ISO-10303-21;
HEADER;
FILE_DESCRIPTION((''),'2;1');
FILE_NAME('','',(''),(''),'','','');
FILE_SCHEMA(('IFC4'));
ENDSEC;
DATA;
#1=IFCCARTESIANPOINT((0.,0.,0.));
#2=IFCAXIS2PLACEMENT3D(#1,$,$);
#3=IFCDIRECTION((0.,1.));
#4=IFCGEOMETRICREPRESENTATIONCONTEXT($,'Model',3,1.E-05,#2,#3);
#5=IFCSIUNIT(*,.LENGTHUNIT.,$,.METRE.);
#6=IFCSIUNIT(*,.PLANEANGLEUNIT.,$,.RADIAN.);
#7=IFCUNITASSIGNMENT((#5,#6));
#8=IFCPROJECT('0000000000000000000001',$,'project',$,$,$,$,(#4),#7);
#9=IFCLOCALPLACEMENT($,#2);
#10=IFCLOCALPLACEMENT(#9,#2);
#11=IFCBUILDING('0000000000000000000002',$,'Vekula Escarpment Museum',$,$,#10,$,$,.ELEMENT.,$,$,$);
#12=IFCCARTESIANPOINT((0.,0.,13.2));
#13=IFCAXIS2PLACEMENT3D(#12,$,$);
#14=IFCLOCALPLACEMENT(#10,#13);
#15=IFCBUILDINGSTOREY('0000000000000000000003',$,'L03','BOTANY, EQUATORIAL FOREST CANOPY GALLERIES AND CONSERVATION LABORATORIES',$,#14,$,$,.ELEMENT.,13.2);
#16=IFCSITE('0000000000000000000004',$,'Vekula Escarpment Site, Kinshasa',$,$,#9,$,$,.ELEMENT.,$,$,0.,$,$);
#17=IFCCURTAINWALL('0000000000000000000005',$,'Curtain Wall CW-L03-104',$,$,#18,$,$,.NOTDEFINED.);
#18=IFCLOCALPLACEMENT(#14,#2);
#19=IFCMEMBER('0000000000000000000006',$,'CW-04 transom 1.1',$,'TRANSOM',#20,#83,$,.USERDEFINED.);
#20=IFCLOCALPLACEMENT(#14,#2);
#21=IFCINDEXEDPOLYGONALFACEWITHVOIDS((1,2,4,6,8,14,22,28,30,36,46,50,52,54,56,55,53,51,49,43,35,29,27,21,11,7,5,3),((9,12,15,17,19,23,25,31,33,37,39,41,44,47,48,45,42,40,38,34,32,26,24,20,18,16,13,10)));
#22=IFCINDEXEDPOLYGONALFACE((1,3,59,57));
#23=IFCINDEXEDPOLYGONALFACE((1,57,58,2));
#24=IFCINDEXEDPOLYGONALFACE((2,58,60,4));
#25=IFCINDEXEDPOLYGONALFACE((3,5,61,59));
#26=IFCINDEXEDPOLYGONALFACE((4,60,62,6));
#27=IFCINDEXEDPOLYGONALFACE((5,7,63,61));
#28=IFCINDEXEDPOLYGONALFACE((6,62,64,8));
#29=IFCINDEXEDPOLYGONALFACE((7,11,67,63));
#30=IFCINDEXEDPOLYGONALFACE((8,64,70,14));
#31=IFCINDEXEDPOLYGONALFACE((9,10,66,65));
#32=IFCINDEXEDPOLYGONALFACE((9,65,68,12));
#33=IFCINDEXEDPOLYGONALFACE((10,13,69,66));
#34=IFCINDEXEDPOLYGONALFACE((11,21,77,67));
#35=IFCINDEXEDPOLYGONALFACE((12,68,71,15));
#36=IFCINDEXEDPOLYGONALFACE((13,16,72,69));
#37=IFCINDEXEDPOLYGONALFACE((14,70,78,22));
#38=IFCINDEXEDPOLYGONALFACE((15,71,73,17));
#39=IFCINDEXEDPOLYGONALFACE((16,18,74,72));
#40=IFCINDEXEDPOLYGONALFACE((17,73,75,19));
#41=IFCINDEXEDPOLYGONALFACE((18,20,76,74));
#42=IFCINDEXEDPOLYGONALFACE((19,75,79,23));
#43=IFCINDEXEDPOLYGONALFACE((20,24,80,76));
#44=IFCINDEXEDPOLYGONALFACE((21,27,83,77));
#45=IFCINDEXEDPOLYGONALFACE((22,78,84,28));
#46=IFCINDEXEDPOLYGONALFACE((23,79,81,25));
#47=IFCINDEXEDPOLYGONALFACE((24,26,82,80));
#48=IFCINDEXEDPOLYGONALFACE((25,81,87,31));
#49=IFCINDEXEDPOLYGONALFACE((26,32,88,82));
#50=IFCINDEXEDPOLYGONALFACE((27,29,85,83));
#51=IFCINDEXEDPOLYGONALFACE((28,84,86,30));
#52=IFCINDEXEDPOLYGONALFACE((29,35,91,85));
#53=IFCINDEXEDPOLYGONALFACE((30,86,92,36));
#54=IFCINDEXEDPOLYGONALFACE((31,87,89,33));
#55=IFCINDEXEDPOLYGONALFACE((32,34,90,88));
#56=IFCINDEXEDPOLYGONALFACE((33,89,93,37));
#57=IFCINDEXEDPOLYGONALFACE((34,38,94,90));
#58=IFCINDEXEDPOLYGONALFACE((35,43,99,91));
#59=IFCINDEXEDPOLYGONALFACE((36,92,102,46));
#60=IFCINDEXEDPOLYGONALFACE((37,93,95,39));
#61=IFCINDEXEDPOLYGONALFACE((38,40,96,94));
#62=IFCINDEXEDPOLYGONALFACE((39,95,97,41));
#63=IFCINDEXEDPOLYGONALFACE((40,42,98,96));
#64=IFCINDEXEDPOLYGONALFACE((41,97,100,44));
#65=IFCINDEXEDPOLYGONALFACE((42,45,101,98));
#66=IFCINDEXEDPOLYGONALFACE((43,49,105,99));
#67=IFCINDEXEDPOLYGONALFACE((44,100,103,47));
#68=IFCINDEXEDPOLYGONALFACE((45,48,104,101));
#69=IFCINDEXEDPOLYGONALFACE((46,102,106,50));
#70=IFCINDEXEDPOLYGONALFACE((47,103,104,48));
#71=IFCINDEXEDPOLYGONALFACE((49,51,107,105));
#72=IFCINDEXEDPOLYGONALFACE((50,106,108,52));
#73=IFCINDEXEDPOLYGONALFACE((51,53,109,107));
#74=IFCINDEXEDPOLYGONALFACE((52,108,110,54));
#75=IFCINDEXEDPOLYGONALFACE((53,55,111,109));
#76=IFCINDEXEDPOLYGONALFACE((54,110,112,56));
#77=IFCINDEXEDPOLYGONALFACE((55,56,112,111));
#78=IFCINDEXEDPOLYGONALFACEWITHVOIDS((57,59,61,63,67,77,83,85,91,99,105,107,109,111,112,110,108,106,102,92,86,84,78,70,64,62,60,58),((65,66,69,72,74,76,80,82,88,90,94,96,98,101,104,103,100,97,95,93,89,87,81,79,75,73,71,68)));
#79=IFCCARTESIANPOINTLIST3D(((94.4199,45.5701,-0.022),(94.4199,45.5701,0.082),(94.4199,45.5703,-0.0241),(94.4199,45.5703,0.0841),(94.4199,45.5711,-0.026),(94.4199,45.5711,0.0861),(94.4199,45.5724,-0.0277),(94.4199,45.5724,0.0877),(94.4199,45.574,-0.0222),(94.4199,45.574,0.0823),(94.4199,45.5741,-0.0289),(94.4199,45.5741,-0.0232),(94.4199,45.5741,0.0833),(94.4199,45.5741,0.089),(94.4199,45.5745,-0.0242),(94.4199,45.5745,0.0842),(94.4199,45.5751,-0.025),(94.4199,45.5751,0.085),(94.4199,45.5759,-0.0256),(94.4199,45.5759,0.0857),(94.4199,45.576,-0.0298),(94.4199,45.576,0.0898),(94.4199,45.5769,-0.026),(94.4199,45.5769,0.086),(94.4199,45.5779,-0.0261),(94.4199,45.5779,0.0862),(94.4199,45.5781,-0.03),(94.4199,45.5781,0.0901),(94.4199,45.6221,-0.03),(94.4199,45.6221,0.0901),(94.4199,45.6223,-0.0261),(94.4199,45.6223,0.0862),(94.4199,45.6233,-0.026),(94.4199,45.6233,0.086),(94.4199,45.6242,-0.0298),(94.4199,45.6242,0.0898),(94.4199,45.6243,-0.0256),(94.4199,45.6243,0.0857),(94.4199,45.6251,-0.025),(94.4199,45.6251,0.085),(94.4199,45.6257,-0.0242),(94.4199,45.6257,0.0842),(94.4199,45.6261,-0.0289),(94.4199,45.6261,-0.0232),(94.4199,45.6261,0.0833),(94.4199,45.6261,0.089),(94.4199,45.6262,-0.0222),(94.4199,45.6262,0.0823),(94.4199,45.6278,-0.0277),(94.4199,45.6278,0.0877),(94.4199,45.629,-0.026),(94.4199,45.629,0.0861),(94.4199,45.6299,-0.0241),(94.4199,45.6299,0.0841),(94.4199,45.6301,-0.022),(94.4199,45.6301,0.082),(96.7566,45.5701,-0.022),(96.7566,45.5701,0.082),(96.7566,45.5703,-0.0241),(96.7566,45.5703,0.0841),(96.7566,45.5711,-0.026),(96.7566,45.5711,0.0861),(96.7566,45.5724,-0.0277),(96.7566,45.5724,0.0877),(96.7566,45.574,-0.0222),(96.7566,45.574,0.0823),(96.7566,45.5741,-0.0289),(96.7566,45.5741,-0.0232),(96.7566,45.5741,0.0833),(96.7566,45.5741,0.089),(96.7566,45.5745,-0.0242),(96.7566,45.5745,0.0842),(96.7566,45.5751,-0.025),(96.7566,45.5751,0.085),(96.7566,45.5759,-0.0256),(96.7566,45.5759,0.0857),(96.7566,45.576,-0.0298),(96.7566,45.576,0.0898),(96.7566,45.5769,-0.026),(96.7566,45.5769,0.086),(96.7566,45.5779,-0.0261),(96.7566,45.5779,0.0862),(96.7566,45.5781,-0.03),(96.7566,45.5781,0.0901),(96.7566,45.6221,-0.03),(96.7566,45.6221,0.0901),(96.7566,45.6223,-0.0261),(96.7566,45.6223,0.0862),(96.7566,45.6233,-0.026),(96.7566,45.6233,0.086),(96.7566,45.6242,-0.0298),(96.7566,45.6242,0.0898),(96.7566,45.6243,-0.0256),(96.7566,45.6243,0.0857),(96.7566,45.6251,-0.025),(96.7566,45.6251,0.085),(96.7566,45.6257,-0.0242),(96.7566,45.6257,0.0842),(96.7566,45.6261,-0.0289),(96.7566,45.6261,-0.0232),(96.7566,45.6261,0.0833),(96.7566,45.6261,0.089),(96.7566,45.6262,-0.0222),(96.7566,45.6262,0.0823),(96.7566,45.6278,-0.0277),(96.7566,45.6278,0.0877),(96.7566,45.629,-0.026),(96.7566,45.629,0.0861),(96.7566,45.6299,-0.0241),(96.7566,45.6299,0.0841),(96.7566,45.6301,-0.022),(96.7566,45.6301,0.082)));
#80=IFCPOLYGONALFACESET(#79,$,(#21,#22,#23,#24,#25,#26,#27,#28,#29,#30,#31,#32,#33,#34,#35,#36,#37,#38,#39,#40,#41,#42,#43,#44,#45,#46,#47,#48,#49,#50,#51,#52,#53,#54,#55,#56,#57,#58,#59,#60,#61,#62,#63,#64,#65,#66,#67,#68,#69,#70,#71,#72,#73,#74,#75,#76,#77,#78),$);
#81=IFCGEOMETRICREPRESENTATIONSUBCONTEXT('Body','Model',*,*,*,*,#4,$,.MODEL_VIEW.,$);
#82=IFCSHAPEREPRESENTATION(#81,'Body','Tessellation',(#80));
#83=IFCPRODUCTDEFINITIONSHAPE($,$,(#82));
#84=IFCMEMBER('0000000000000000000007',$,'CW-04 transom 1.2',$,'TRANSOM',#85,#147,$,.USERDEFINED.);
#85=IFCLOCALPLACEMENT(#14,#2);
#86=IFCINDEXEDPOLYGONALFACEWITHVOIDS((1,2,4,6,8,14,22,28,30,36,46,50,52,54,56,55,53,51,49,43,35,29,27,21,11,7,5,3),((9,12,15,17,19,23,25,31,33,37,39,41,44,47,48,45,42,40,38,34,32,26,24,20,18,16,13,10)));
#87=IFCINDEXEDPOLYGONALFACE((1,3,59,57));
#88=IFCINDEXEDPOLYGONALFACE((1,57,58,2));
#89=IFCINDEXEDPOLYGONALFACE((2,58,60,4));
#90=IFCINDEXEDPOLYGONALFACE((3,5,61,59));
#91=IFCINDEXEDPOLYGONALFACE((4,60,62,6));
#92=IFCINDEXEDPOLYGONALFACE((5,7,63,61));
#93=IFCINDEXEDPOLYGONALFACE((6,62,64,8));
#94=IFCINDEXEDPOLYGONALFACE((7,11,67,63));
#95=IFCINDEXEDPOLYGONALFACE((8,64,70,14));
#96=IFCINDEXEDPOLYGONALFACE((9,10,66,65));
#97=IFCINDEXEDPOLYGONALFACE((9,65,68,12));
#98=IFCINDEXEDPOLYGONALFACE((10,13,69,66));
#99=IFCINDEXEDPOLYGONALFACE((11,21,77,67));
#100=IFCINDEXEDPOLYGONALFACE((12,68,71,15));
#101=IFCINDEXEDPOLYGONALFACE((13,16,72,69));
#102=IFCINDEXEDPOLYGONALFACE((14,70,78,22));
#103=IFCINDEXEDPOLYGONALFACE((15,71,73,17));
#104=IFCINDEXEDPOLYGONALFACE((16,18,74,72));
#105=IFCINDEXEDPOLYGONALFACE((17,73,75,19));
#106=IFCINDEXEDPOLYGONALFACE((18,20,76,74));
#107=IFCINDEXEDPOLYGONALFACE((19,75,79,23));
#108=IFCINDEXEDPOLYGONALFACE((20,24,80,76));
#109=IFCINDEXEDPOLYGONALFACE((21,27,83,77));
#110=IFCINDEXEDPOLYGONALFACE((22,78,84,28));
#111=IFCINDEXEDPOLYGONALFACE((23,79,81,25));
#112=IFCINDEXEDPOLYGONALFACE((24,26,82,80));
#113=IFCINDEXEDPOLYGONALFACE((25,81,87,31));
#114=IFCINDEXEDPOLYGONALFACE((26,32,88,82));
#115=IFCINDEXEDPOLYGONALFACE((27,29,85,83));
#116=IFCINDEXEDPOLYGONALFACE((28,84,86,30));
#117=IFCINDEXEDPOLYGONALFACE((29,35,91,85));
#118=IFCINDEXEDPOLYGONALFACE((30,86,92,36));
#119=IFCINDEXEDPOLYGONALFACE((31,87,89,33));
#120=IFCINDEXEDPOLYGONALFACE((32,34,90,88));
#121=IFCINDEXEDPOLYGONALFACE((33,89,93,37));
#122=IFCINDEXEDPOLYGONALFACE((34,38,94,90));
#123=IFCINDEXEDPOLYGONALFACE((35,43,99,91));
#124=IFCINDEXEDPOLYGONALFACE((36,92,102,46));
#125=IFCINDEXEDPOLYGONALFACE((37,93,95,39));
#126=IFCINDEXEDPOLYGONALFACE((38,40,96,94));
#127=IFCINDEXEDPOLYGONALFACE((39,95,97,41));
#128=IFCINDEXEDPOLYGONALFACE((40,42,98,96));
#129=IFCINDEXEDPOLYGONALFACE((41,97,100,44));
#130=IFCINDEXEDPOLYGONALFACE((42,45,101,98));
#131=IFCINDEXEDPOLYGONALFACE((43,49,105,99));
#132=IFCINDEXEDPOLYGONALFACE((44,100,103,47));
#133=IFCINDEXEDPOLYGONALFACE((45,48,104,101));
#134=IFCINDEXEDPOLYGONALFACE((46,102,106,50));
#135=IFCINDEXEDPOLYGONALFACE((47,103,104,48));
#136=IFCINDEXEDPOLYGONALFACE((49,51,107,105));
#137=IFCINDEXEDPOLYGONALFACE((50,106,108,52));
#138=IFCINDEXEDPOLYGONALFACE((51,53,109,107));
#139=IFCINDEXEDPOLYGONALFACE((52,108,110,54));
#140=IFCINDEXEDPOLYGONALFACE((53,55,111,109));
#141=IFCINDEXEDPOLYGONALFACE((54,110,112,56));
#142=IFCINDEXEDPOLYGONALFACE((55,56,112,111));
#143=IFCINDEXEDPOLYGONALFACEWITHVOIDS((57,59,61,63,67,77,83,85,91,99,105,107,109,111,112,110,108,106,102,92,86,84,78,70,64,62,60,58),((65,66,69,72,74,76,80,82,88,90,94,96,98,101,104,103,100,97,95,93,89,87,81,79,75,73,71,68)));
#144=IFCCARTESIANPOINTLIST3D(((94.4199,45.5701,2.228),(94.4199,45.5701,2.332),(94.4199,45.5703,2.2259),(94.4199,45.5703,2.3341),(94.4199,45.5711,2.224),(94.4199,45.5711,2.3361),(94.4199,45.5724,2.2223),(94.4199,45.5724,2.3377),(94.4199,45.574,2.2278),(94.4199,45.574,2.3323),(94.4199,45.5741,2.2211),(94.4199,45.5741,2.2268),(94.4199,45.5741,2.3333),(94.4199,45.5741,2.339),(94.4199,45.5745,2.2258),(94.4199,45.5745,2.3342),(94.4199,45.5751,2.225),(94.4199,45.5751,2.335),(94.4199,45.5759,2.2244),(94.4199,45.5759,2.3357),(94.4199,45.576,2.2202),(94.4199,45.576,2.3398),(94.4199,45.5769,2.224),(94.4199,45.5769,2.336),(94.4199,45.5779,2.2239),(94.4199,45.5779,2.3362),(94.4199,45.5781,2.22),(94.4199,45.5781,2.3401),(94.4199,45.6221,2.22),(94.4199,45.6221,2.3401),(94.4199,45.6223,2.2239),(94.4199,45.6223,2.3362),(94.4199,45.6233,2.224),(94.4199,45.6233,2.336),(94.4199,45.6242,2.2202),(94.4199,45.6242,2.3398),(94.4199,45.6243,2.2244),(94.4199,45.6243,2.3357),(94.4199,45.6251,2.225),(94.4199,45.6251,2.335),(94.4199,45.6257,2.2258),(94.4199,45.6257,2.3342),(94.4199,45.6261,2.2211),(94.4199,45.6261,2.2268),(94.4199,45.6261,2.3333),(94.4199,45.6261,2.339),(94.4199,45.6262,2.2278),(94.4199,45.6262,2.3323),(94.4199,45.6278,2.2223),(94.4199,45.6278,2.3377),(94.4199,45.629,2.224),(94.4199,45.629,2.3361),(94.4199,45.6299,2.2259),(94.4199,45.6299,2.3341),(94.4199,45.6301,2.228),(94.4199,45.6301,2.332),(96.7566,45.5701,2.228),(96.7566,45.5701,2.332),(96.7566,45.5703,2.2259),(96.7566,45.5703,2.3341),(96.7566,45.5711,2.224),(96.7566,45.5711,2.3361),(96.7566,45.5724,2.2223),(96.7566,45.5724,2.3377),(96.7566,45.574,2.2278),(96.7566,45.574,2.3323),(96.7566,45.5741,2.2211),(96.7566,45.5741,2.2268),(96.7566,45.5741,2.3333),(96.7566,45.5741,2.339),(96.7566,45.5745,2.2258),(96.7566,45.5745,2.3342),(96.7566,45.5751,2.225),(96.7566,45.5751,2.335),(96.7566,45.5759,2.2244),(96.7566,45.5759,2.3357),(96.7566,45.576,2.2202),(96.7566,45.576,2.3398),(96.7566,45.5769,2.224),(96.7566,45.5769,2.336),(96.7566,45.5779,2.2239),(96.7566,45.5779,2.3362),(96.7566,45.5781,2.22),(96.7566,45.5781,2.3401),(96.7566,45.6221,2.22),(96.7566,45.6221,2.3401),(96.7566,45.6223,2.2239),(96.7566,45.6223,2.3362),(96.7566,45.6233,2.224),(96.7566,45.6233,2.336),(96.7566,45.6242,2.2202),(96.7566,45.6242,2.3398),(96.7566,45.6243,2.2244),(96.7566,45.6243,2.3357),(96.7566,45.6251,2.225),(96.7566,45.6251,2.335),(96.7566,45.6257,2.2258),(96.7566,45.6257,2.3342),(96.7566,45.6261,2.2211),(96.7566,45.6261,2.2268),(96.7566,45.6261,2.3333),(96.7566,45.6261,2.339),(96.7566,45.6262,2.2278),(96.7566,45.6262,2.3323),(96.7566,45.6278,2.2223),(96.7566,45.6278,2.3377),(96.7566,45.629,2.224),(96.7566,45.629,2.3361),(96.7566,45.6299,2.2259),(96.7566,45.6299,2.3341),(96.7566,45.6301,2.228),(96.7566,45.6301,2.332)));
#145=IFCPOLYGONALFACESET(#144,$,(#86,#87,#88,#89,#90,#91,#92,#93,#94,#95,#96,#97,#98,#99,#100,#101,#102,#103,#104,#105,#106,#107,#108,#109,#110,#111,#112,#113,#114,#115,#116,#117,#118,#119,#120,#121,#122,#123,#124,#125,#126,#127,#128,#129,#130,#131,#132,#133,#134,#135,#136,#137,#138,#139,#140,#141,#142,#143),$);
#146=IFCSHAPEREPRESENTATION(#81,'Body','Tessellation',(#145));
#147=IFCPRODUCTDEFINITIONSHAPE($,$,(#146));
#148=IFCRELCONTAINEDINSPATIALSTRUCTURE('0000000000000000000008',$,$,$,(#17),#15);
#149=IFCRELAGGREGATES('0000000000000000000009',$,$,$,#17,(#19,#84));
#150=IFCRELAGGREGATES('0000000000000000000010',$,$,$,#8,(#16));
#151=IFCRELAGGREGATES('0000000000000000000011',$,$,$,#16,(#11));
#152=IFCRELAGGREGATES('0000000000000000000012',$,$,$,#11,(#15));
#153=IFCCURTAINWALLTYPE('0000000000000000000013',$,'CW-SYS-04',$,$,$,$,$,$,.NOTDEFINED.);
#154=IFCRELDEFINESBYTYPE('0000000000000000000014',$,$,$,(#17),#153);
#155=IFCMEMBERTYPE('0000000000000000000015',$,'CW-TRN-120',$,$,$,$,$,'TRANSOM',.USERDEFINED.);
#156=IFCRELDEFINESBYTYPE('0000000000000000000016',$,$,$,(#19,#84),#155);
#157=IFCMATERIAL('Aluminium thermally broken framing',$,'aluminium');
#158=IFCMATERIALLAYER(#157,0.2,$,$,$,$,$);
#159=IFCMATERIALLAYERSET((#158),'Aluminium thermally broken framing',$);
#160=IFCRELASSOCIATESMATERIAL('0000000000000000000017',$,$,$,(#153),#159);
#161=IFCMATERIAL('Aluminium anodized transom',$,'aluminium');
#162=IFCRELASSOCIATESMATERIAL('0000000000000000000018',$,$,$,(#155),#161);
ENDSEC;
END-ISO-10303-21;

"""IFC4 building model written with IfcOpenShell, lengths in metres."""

from ifc_helpers import new_model, si_unit, direction, frame, origin, origin_2d, place, context, subcontext, project, spatial, hollow_rectangle, extrude, material, layer, layer_set, material_profile, profile_set, type_object, element, aggregate, save


model = new_model("IFC4")

# Units and contexts
model_context = context("Model", 3, precision=1e-05, world=origin(), true_north=direction((0.0, 1.0)))
body_context = subcontext(model_context, "Body", "Model", "MODEL_VIEW")
ifc_project = project(units=[si_unit("LENGTHUNIT", "METRE"), si_unit("PLANEANGLEUNIT", "RADIAN")], contexts=[model_context])

# Site, building, storey
site_placement = place(None, origin())
site = spatial("IfcSite", under=ifc_project, at=site_placement, Name="Vekula Escarpment Site, Kinshasa", CompositionType="ELEMENT", RefElevation=0.0)
building_placement = place(site_placement, origin())
building = spatial("IfcBuilding", under=site, at=building_placement, Name="Vekula Escarpment Museum", CompositionType="ELEMENT")
storey_placement = place(building_placement, frame((0.0, 0.0, 13.2)))
storey = spatial("IfcBuildingStorey", under=building, at=storey_placement, Name="L03", Description="BOTANY, EQUATORIAL FOREST CANOPY GALLERIES AND CONSERVATION LABORATORIES", CompositionType="ELEMENT", Elevation=13.2)

# Curtain wall
ifc_material_1 = material(Name="Aluminium thermally broken framing", Category="aluminium")
ifc_layer_1 = layer(ifc_material_1, 0.2)
ifc_layer_set_1 = layer_set([ifc_layer_1], Name="Aluminium thermally broken framing")
curtain_wall_type_1 = type_object("IfcCurtainWallType", Name="CW-SYS-04", PredefinedType="NOTDEFINED", material=ifc_layer_set_1)
curtain_wall_1_placement = place(storey_placement, origin())
curtain_wall_1 = element("IfcCurtainWall", 1, at=curtain_wall_1_placement, inside=storey, type_object=curtain_wall_type_1, Name="Curtain Wall CW-L03-104", PredefinedType="NOTDEFINED")

# Members
ifc_material_2 = material(Name="Aluminium anodized transom", Category="aluminium")
ifc_material_profile_1 = material_profile(ifc_material_2, hollow_rectangle(XDim=0.0601, YDim=0.1201, WallThickness=0.0039, InnerFilletRadius=0.0039, OuterFilletRadius=0.0081, at=origin_2d()), Name="ALU 120x60x4")
ifc_profile_set_1 = profile_set([ifc_material_profile_1], Name="Aluminium anodized transom")
member_type_1 = type_object("IfcMemberType", Name="CW-TRN-120", ElementType="TRANSOM", PredefinedType="USERDEFINED", material=ifc_profile_set_1)
member_1_placement = place(storey_placement, frame((94.4199, 45.6001, 0.03), z_axis=(1.0, 0.0, 0.0), x_axis=(0.0, 1.0, 0.0)))
member_1 = element("IfcMember", 2, at=member_1_placement, type_object=member_type_1, Name="CW-04 transom 1.1", ObjectType="TRANSOM", PredefinedType="USERDEFINED", context=body_context, shape_type="SweptSolid", body=[
    extrude(hollow_rectangle(XDim=0.0601, YDim=0.1201, WallThickness=0.0039, InnerFilletRadius=0.0039, OuterFilletRadius=0.0081, at=origin_2d()), origin(), (0.0, 0.0, 1.0), 2.3367),
])
member_2_placement = place(storey_placement, frame((94.4199, 45.6001, 2.28), z_axis=(1.0, 0.0, 0.0), x_axis=(0.0, 1.0, 0.0)))
member_2 = element("IfcMember", 3, at=member_2_placement, type_object=member_type_1, Name="CW-04 transom 1.2", ObjectType="TRANSOM", PredefinedType="USERDEFINED", context=body_context, shape_type="SweptSolid", body=[
    extrude(hollow_rectangle(XDim=0.0601, YDim=0.1201, WallThickness=0.0039, InnerFilletRadius=0.0039, OuterFilletRadius=0.0081, at=origin_2d()), origin(), (0.0, 0.0, 1.0), 2.3367),
])
aggregate(curtain_wall_1, [member_1, member_2])

save(model, "model.ifc")
